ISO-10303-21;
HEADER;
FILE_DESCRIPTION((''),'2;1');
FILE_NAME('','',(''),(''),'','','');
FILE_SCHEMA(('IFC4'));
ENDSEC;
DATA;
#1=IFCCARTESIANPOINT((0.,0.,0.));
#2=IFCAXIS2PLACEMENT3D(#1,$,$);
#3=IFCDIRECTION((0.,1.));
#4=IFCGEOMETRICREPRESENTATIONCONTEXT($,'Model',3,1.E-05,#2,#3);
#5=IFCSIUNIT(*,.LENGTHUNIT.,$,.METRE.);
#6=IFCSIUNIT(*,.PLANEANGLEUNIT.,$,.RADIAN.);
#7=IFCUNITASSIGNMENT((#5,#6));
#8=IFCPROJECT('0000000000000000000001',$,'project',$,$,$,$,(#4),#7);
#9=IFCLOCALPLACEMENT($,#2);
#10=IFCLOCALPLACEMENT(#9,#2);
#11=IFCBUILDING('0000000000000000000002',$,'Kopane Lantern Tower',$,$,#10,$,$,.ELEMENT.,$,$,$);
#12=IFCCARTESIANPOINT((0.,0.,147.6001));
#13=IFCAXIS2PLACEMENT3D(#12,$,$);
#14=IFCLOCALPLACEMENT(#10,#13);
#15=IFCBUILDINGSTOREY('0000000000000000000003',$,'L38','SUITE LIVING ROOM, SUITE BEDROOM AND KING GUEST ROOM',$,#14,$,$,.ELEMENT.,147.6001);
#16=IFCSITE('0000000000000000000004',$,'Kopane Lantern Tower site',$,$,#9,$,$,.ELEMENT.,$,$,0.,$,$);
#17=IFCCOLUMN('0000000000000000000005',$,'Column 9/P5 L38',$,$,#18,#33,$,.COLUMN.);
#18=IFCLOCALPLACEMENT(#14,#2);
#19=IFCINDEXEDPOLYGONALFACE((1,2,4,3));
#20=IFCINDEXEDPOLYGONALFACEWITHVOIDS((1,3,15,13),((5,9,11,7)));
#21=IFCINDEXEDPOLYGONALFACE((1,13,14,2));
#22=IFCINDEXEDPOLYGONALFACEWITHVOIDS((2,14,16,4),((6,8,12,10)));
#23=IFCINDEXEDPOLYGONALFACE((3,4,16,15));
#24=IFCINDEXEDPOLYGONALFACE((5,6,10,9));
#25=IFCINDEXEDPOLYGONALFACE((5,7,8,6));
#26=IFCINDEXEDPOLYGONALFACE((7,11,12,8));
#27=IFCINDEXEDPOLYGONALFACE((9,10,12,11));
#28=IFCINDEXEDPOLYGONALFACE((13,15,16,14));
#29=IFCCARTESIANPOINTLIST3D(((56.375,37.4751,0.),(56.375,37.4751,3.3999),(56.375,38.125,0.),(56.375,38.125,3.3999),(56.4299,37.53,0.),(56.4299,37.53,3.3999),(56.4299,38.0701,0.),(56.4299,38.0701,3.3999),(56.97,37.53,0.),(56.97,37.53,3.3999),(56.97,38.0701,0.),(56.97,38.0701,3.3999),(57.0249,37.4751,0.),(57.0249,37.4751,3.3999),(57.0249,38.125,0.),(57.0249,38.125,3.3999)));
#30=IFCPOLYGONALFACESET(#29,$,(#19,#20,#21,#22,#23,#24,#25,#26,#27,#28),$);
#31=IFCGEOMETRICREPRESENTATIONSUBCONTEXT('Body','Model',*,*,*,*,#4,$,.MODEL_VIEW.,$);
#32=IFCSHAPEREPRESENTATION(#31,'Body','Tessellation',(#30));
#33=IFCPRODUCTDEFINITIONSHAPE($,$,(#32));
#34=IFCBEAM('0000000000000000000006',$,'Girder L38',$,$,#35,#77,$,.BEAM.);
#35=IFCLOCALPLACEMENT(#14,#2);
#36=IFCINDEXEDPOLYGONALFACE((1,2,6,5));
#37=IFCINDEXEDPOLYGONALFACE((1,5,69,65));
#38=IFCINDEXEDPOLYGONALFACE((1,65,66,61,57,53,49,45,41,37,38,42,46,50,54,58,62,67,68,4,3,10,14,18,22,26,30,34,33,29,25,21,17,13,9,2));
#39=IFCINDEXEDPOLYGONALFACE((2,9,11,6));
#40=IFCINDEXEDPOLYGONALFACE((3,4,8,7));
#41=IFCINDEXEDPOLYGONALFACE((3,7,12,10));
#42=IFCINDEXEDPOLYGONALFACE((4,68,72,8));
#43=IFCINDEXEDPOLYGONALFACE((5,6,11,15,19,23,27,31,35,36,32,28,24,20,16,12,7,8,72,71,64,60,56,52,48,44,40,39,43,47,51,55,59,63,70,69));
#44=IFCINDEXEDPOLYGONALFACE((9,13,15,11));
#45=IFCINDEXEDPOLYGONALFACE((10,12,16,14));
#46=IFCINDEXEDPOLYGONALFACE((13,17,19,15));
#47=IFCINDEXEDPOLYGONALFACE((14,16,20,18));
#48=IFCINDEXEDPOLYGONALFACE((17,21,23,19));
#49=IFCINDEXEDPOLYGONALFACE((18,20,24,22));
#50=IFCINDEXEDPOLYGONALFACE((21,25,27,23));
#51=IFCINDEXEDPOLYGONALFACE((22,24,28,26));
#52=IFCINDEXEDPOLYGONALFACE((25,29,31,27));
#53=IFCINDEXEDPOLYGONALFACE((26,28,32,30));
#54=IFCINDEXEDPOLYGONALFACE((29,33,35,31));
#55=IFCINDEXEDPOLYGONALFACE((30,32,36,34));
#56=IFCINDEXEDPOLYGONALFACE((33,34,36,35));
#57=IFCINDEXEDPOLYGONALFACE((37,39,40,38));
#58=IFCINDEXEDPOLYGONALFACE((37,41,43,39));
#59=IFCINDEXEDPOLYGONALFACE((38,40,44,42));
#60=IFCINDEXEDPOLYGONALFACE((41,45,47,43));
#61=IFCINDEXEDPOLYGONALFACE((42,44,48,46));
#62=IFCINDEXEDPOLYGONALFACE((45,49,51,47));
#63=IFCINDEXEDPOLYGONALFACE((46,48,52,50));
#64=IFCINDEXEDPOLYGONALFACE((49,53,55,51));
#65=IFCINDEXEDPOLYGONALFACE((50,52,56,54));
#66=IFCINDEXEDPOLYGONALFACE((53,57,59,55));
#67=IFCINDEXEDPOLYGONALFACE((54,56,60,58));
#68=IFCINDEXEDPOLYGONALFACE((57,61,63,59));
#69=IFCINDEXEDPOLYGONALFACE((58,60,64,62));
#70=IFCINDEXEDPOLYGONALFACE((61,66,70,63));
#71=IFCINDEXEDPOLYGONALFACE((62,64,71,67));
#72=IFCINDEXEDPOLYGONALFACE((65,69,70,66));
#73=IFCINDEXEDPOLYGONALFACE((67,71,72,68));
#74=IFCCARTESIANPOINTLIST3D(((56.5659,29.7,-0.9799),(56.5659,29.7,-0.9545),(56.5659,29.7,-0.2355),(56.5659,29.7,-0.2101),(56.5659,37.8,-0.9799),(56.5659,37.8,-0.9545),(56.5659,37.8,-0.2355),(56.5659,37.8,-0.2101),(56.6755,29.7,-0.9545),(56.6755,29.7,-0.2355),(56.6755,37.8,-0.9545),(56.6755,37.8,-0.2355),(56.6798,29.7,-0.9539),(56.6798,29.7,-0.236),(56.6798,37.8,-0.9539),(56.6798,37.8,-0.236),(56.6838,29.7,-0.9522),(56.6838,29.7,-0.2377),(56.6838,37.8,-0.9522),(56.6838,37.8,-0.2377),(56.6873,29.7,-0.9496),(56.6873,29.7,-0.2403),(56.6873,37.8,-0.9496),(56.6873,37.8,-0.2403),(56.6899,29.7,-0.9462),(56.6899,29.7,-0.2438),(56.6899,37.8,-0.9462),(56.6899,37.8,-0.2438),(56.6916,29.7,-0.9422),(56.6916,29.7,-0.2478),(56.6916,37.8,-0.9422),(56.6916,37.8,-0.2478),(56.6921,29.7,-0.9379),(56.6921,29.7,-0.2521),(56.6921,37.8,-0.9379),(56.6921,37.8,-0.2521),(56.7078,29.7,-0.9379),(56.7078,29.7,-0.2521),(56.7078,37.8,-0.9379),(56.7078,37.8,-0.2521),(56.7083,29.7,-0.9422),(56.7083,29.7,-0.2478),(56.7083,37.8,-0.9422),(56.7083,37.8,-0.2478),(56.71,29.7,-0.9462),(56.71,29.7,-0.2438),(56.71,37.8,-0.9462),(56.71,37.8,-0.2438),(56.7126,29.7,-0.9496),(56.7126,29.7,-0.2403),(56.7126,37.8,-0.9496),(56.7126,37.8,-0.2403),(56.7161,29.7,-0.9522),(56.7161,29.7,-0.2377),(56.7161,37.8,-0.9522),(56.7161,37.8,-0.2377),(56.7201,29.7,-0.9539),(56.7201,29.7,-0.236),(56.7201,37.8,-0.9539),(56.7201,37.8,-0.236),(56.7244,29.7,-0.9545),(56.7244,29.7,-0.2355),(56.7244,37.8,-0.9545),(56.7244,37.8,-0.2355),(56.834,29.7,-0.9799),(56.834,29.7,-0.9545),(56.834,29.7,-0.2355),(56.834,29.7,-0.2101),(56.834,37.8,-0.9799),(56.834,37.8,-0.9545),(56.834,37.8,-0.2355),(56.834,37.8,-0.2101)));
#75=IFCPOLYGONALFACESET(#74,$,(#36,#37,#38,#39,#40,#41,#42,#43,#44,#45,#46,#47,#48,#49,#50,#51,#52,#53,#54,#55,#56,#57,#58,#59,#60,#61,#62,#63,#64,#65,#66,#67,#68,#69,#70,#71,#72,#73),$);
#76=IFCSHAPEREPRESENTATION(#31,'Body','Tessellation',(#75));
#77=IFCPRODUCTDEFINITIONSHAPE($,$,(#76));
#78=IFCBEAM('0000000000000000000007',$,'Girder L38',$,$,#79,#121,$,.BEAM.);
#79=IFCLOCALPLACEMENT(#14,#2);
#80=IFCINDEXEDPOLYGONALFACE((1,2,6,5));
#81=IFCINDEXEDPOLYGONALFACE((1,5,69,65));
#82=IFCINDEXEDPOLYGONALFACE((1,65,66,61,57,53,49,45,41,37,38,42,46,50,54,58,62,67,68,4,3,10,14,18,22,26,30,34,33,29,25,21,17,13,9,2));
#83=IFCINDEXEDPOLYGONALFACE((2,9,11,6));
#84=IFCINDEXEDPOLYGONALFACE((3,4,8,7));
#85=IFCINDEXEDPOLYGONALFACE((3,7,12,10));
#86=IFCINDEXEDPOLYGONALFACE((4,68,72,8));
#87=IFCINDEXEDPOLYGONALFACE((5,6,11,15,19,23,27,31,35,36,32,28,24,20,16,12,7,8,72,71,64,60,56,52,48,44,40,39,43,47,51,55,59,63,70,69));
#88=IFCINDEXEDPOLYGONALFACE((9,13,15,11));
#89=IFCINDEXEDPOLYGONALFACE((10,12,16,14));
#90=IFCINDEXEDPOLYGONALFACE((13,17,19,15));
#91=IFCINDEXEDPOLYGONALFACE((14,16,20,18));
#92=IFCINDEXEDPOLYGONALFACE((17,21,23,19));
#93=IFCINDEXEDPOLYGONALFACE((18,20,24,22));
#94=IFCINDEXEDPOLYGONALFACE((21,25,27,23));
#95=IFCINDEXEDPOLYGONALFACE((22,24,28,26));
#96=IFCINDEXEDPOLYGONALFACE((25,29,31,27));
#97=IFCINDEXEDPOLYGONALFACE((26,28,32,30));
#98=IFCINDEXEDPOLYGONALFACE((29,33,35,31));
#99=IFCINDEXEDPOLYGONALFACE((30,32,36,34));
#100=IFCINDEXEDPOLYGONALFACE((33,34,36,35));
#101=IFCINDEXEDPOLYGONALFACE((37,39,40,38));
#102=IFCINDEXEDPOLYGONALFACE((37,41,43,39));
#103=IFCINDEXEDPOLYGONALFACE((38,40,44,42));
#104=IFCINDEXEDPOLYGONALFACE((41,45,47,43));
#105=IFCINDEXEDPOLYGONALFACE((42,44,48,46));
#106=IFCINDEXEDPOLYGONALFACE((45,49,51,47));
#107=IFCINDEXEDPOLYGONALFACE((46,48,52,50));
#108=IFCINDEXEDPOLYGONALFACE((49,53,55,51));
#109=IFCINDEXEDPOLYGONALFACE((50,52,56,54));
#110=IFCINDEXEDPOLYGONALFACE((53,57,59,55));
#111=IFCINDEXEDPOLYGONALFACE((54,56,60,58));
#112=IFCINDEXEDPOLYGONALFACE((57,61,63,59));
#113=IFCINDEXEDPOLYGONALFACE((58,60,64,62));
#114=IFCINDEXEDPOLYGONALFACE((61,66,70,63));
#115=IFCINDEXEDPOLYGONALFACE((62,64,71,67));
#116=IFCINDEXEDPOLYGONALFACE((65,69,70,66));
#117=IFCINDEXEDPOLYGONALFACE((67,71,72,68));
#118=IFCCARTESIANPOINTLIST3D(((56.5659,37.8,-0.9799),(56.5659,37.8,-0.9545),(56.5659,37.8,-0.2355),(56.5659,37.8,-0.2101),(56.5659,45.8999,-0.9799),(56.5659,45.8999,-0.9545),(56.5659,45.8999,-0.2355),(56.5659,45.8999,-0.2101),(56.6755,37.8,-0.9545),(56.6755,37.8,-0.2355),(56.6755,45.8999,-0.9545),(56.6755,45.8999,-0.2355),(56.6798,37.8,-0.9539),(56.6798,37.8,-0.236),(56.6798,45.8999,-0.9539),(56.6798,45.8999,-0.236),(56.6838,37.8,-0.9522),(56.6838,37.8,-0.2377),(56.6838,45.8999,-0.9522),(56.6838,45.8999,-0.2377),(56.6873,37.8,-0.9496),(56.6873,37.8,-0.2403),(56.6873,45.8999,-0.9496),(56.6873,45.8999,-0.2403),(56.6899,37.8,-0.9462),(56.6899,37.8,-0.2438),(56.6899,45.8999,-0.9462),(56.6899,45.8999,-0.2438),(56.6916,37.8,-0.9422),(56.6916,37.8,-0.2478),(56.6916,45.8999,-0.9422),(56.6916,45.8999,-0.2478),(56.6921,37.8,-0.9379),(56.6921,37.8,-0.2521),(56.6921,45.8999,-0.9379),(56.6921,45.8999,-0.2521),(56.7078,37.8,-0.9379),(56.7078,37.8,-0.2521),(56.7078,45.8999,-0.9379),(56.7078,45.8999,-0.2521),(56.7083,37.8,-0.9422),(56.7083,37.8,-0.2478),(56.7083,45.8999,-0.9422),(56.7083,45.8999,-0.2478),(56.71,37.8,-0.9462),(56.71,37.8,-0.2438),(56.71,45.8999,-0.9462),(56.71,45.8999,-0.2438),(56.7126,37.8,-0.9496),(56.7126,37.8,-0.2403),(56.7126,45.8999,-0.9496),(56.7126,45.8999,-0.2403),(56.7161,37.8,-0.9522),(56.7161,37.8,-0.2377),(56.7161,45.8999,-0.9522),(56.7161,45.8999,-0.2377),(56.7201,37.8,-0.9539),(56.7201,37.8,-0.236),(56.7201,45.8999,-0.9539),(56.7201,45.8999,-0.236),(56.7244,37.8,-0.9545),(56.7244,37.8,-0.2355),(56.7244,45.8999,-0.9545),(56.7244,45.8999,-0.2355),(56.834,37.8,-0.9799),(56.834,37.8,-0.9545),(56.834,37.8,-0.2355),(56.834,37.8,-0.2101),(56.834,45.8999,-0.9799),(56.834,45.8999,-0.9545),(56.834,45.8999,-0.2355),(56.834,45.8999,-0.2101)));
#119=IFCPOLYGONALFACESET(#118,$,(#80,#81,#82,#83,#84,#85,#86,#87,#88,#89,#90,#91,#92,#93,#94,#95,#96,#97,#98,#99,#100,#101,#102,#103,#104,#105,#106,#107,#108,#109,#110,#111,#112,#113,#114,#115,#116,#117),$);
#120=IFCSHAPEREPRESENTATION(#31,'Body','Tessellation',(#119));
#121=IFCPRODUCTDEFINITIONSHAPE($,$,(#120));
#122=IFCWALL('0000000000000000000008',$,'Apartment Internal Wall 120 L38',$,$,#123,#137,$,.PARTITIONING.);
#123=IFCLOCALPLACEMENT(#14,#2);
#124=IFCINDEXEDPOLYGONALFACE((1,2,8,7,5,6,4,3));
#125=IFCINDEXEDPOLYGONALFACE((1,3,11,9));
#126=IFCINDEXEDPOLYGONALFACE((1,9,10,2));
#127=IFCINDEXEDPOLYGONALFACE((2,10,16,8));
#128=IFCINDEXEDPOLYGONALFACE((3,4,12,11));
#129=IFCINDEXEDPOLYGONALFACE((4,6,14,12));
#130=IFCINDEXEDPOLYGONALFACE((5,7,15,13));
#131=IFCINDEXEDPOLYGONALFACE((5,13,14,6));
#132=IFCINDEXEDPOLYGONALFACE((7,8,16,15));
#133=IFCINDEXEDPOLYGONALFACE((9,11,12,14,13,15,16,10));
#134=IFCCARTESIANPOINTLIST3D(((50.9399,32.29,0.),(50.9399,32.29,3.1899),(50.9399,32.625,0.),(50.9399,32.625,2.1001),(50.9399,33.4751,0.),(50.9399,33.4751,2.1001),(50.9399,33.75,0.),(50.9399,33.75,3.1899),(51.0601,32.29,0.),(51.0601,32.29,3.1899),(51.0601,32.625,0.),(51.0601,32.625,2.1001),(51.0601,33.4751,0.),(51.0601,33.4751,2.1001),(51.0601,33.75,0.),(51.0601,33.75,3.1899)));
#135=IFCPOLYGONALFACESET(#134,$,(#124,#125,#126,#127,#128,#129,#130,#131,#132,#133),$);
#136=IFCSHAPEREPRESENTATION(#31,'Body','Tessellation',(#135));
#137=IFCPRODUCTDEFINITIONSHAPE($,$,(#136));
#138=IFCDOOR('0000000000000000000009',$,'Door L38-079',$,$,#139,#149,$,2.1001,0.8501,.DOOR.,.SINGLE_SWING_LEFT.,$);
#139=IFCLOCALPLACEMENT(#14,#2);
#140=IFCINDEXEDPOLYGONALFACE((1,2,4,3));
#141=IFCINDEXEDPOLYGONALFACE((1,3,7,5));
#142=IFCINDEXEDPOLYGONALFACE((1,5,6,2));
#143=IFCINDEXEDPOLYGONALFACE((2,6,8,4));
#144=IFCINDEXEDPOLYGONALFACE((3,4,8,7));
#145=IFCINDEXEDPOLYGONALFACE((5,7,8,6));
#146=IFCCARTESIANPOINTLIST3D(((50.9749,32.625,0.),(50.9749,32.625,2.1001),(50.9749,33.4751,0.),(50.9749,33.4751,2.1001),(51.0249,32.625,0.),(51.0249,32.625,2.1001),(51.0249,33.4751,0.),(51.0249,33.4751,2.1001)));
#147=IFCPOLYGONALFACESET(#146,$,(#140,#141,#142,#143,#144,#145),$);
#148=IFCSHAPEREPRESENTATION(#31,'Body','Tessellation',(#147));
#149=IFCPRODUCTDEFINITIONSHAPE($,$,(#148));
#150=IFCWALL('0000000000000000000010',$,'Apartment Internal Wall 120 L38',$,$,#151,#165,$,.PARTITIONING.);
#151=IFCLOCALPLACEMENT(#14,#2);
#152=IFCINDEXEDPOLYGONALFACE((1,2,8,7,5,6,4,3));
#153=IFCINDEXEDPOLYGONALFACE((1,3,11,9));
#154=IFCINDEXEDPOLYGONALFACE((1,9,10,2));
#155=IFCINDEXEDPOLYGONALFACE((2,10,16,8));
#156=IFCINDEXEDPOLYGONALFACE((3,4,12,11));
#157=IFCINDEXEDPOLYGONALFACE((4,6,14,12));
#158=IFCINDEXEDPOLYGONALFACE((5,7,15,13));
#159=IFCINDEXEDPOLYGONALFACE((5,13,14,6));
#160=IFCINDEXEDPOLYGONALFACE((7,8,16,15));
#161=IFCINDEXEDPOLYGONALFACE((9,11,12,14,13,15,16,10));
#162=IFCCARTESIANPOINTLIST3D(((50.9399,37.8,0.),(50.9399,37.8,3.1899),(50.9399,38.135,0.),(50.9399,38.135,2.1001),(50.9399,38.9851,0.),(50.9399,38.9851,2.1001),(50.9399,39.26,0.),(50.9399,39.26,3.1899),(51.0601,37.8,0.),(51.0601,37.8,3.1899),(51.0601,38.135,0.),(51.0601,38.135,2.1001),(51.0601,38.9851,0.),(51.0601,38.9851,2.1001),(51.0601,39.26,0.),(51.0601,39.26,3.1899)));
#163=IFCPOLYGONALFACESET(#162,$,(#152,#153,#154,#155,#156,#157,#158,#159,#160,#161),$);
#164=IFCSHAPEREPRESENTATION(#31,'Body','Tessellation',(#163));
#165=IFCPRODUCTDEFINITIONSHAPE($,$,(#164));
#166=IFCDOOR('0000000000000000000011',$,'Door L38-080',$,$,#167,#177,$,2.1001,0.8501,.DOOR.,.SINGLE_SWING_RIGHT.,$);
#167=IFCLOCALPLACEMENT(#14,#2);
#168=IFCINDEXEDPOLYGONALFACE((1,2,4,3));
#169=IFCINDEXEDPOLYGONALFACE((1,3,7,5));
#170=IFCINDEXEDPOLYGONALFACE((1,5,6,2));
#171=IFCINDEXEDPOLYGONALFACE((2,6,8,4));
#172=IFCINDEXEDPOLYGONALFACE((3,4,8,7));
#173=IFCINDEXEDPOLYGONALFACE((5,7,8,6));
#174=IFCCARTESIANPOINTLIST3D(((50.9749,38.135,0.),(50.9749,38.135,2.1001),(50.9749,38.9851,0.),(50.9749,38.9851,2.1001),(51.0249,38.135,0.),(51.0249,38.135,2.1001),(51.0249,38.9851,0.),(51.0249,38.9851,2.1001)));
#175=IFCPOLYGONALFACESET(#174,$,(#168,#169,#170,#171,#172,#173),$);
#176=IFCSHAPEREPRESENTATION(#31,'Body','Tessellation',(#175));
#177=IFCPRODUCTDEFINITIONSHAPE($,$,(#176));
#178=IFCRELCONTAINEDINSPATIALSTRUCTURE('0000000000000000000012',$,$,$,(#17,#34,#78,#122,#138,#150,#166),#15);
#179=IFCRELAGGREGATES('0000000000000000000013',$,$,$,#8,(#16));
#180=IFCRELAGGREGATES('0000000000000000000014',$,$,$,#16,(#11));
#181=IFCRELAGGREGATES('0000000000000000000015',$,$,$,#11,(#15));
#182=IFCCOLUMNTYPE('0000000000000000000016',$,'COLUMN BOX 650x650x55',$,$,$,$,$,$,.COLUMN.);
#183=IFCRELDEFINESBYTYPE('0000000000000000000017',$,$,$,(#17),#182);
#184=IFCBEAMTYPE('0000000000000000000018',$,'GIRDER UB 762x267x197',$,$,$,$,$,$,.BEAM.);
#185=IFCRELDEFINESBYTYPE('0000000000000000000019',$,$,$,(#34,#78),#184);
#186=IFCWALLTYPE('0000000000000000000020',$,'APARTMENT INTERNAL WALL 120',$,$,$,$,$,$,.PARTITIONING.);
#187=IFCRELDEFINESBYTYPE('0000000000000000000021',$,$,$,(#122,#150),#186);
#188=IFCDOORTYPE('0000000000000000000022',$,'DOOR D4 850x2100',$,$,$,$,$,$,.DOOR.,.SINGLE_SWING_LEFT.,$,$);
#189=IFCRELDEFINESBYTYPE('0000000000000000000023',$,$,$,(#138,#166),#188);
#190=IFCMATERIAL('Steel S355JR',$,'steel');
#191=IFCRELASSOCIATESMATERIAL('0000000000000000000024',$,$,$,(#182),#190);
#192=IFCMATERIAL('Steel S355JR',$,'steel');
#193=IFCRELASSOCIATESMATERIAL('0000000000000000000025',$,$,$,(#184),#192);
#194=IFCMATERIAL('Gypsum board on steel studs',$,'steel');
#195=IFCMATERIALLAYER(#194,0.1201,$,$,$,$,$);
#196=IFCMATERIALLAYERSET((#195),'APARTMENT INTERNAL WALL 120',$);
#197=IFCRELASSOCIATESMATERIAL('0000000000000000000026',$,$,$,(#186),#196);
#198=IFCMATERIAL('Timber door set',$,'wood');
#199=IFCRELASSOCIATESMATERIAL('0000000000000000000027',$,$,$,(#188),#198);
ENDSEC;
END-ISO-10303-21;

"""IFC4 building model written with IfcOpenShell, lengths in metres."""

from ifc_helpers import new_model, si_unit, direction, frame, frame_2d, origin, origin_2d, place, context, subcontext, project, spatial, rectangle, hollow_rectangle, i_section, extrude, material, layer, layer_set, material_profile, profile_set, type_object, element, fill, save


model = new_model("IFC4")

# Units and contexts
model_context = context("Model", 3, precision=1e-05, world=origin(), true_north=direction((0.0, 1.0)))
body_context = subcontext(model_context, "Body", "Model", "MODEL_VIEW")
ifc_project = project(units=[si_unit("LENGTHUNIT", "METRE"), si_unit("PLANEANGLEUNIT", "RADIAN")], contexts=[model_context])

# Site, building, storey
site_placement = place(None, origin())
site = spatial("IfcSite", under=ifc_project, at=site_placement, Name="Kopane Lantern Tower site", CompositionType="ELEMENT", RefElevation=0.0)
building_placement = place(site_placement, origin())
building = spatial("IfcBuilding", under=site, at=building_placement, Name="Kopane Lantern Tower", CompositionType="ELEMENT")
storey_placement = place(building_placement, frame((0.0, 0.0, 147.6001)))
storey = spatial("IfcBuildingStorey", under=building, at=storey_placement, Name="L38", Description="SUITE LIVING ROOM, SUITE BEDROOM AND KING GUEST ROOM", CompositionType="ELEMENT", Elevation=147.6001)

# Column
ifc_material_1 = material(Name="Steel S355JR", Category="steel")
ifc_material_profile_1 = material_profile(ifc_material_1, hollow_rectangle(XDim=0.6499, YDim=0.6499, WallThickness=0.0549, at=origin_2d()), Name="BOX 650x650x55")
ifc_profile_set_1 = profile_set([ifc_material_profile_1], Name="Steel S355JR")
column_type = type_object("IfcColumnType", Name="COLUMN BOX 650x650x55", PredefinedType="COLUMN", material=ifc_profile_set_1)
column_placement = place(storey_placement, frame((56.7, 37.8, 0.0), z_axis=(0.0, 0.0, 1.0), x_axis=(1.0, 0.0, 0.0)))
element("IfcColumn", 1, at=column_placement, inside=storey, type_object=column_type, Name="Column 9/P5 L38", PredefinedType="COLUMN", context=body_context, shape_type="SweptSolid", body=[
    extrude(hollow_rectangle(XDim=0.6499, YDim=0.6499, WallThickness=0.0549, at=origin_2d()), origin(), (0.0, 0.0, 1.0), 3.3999),
])

# Beams
ifc_material_2 = material(Name="Steel S355JR", Category="steel")
ifc_material_profile_2 = material_profile(ifc_material_2, i_section(OverallWidth=0.2681, OverallDepth=0.7698, WebThickness=0.0156, FlangeThickness=0.0254, FilletRadius=0.0166, at=origin_2d()), Name="UB 762x267x197")
ifc_profile_set_2 = profile_set([ifc_material_profile_2], Name="Steel S355JR")
beam_type = type_object("IfcBeamType", Name="GIRDER UB 762x267x197", PredefinedType="BEAM", material=ifc_profile_set_2)
beam_1_placement = place(storey_placement, frame((56.7, 29.7, -0.595), z_axis=(0.0, 1.0, 0.0), x_axis=(-1.0, 0.0, 0.0)))
element("IfcBeam", 2, at=beam_1_placement, inside=storey, type_object=beam_type, Name="Girder L38", PredefinedType="BEAM", context=body_context, shape_type="SweptSolid", body=[
    extrude(i_section(OverallWidth=0.2681, OverallDepth=0.7698, WebThickness=0.0156, FlangeThickness=0.0254, FilletRadius=0.0166, at=origin_2d()), origin(), (0.0, 0.0, 1.0), 8.1001),
])
beam_2_placement = place(storey_placement, frame((56.7, 37.8, -0.595), z_axis=(0.0, 1.0, 0.0), x_axis=(-1.0, 0.0, 0.0)))
element("IfcBeam", 3, at=beam_2_placement, inside=storey, type_object=beam_type, Name="Girder L38", PredefinedType="BEAM", context=body_context, shape_type="SweptSolid", body=[
    extrude(i_section(OverallWidth=0.2681, OverallDepth=0.7698, WebThickness=0.0156, FlangeThickness=0.0254, FilletRadius=0.0166, at=origin_2d()), origin(), (0.0, 0.0, 1.0), 8.0999),
])

# Walls, openings, doors
ifc_material_3 = material(Name="Gypsum board on steel studs", Category="steel")
ifc_layer_1 = layer(ifc_material_3, 0.1201)
ifc_layer_set_1 = layer_set([ifc_layer_1], Name="APARTMENT INTERNAL WALL 120")
wall_type_1 = type_object("IfcWallType", Name="APARTMENT INTERNAL WALL 120", PredefinedType="PARTITIONING", material=ifc_layer_set_1)
wall_1_placement = place(storey_placement, frame((51.0, 33.75, 0.0), z_axis=(0.0, 0.0, 1.0), x_axis=(0.0, -1.0, 0.0)))
wall_1 = element("IfcWall", 4, at=wall_1_placement, inside=storey, type_object=wall_type_1, Name="Apartment Internal Wall 120 L38", PredefinedType="PARTITIONING", context=body_context, shape_type="SweptSolid", body=[
    extrude(rectangle(XDim=1.46, YDim=0.1201, at=frame_2d((0.73, 0.0))), origin(), (0.0, 0.0, 1.0), 3.1899),
])
opening_1_placement = place(wall_1_placement, frame((0.2749, 0.0, 0.0)))
opening_1 = element("IfcOpeningElement", 5, at=opening_1_placement, cuts=wall_1, PredefinedType="OPENING", context=body_context, shape_type="SweptSolid", body=[
    extrude(rectangle(XDim=0.8501, YDim=2.1001, at=frame_2d((0.425, 1.05))), frame((0.0, 0.0701, 0.0), z_axis=(0.0, -1.0, 0.0), x_axis=(1.0, 0.0, 0.0)), (0.0, 0.0, 1.0), 0.1401),
])
ifc_material_4 = material(Name="Timber door set", Category="wood")
door_type_1 = type_object("IfcDoorType", Name="DOOR D4 850x2100", OperationType="SINGLE_SWING_LEFT", PredefinedType="DOOR", material=ifc_material_4)
door_1_placement = place(opening_1_placement, origin())
door_1 = element("IfcDoor", 6, at=door_1_placement, inside=storey, type_object=door_type_1, Name="Door L38-079", OperationType="SINGLE_SWING_LEFT", OverallHeight=2.1001, OverallWidth=0.8501, PredefinedType="DOOR", context=body_context, shape_type="SweptSolid", body=[
    extrude(rectangle(XDim=0.8501, YDim=2.1001, at=frame_2d((0.425, 1.05))), frame((0.0, 0.0249, 0.0), z_axis=(0.0, -1.0, 0.0), x_axis=(1.0, 0.0, 0.0)), (0.0, 0.0, 1.0), 0.05),
])
fill(opening_1, door_1)
wall_2_placement = place(storey_placement, frame((51.0, 39.26, 0.0), z_axis=(0.0, 0.0, 1.0), x_axis=(0.0, -1.0, 0.0)))
wall_2 = element("IfcWall", 7, at=wall_2_placement, inside=storey, type_object=wall_type_1, Name="Apartment Internal Wall 120 L38", PredefinedType="PARTITIONING", context=body_context, shape_type="SweptSolid", body=[
    extrude(rectangle(XDim=1.46, YDim=0.1201, at=frame_2d((0.73, 0.0))), origin(), (0.0, 0.0, 1.0), 3.1899),
])
opening_2_placement = place(wall_2_placement, frame((0.2749, 0.0, 0.0)))
opening_2 = element("IfcOpeningElement", 8, at=opening_2_placement, cuts=wall_2, PredefinedType="OPENING", context=body_context, shape_type="SweptSolid", body=[
    extrude(rectangle(XDim=0.8501, YDim=2.1001, at=frame_2d((0.425, 1.05))), frame((0.0, 0.0701, 0.0), z_axis=(0.0, -1.0, 0.0), x_axis=(1.0, 0.0, 0.0)), (0.0, 0.0, 1.0), 0.1401),
])
door_2_placement = place(opening_2_placement, origin())
door_2 = element("IfcDoor", 9, at=door_2_placement, inside=storey, type_object=door_type_1, Name="Door L38-080", OperationType="SINGLE_SWING_RIGHT", OverallHeight=2.1001, OverallWidth=0.8501, PredefinedType="DOOR", context=body_context, shape_type="SweptSolid", body=[
    extrude(rectangle(XDim=0.8501, YDim=2.1001, at=frame_2d((0.425, 1.05))), frame((0.0, 0.0249, 0.0), z_axis=(0.0, -1.0, 0.0), x_axis=(1.0, 0.0, 0.0)), (0.0, 0.0, 1.0), 0.05),
])
fill(opening_2, door_2)

save(model, "model.ifc")
